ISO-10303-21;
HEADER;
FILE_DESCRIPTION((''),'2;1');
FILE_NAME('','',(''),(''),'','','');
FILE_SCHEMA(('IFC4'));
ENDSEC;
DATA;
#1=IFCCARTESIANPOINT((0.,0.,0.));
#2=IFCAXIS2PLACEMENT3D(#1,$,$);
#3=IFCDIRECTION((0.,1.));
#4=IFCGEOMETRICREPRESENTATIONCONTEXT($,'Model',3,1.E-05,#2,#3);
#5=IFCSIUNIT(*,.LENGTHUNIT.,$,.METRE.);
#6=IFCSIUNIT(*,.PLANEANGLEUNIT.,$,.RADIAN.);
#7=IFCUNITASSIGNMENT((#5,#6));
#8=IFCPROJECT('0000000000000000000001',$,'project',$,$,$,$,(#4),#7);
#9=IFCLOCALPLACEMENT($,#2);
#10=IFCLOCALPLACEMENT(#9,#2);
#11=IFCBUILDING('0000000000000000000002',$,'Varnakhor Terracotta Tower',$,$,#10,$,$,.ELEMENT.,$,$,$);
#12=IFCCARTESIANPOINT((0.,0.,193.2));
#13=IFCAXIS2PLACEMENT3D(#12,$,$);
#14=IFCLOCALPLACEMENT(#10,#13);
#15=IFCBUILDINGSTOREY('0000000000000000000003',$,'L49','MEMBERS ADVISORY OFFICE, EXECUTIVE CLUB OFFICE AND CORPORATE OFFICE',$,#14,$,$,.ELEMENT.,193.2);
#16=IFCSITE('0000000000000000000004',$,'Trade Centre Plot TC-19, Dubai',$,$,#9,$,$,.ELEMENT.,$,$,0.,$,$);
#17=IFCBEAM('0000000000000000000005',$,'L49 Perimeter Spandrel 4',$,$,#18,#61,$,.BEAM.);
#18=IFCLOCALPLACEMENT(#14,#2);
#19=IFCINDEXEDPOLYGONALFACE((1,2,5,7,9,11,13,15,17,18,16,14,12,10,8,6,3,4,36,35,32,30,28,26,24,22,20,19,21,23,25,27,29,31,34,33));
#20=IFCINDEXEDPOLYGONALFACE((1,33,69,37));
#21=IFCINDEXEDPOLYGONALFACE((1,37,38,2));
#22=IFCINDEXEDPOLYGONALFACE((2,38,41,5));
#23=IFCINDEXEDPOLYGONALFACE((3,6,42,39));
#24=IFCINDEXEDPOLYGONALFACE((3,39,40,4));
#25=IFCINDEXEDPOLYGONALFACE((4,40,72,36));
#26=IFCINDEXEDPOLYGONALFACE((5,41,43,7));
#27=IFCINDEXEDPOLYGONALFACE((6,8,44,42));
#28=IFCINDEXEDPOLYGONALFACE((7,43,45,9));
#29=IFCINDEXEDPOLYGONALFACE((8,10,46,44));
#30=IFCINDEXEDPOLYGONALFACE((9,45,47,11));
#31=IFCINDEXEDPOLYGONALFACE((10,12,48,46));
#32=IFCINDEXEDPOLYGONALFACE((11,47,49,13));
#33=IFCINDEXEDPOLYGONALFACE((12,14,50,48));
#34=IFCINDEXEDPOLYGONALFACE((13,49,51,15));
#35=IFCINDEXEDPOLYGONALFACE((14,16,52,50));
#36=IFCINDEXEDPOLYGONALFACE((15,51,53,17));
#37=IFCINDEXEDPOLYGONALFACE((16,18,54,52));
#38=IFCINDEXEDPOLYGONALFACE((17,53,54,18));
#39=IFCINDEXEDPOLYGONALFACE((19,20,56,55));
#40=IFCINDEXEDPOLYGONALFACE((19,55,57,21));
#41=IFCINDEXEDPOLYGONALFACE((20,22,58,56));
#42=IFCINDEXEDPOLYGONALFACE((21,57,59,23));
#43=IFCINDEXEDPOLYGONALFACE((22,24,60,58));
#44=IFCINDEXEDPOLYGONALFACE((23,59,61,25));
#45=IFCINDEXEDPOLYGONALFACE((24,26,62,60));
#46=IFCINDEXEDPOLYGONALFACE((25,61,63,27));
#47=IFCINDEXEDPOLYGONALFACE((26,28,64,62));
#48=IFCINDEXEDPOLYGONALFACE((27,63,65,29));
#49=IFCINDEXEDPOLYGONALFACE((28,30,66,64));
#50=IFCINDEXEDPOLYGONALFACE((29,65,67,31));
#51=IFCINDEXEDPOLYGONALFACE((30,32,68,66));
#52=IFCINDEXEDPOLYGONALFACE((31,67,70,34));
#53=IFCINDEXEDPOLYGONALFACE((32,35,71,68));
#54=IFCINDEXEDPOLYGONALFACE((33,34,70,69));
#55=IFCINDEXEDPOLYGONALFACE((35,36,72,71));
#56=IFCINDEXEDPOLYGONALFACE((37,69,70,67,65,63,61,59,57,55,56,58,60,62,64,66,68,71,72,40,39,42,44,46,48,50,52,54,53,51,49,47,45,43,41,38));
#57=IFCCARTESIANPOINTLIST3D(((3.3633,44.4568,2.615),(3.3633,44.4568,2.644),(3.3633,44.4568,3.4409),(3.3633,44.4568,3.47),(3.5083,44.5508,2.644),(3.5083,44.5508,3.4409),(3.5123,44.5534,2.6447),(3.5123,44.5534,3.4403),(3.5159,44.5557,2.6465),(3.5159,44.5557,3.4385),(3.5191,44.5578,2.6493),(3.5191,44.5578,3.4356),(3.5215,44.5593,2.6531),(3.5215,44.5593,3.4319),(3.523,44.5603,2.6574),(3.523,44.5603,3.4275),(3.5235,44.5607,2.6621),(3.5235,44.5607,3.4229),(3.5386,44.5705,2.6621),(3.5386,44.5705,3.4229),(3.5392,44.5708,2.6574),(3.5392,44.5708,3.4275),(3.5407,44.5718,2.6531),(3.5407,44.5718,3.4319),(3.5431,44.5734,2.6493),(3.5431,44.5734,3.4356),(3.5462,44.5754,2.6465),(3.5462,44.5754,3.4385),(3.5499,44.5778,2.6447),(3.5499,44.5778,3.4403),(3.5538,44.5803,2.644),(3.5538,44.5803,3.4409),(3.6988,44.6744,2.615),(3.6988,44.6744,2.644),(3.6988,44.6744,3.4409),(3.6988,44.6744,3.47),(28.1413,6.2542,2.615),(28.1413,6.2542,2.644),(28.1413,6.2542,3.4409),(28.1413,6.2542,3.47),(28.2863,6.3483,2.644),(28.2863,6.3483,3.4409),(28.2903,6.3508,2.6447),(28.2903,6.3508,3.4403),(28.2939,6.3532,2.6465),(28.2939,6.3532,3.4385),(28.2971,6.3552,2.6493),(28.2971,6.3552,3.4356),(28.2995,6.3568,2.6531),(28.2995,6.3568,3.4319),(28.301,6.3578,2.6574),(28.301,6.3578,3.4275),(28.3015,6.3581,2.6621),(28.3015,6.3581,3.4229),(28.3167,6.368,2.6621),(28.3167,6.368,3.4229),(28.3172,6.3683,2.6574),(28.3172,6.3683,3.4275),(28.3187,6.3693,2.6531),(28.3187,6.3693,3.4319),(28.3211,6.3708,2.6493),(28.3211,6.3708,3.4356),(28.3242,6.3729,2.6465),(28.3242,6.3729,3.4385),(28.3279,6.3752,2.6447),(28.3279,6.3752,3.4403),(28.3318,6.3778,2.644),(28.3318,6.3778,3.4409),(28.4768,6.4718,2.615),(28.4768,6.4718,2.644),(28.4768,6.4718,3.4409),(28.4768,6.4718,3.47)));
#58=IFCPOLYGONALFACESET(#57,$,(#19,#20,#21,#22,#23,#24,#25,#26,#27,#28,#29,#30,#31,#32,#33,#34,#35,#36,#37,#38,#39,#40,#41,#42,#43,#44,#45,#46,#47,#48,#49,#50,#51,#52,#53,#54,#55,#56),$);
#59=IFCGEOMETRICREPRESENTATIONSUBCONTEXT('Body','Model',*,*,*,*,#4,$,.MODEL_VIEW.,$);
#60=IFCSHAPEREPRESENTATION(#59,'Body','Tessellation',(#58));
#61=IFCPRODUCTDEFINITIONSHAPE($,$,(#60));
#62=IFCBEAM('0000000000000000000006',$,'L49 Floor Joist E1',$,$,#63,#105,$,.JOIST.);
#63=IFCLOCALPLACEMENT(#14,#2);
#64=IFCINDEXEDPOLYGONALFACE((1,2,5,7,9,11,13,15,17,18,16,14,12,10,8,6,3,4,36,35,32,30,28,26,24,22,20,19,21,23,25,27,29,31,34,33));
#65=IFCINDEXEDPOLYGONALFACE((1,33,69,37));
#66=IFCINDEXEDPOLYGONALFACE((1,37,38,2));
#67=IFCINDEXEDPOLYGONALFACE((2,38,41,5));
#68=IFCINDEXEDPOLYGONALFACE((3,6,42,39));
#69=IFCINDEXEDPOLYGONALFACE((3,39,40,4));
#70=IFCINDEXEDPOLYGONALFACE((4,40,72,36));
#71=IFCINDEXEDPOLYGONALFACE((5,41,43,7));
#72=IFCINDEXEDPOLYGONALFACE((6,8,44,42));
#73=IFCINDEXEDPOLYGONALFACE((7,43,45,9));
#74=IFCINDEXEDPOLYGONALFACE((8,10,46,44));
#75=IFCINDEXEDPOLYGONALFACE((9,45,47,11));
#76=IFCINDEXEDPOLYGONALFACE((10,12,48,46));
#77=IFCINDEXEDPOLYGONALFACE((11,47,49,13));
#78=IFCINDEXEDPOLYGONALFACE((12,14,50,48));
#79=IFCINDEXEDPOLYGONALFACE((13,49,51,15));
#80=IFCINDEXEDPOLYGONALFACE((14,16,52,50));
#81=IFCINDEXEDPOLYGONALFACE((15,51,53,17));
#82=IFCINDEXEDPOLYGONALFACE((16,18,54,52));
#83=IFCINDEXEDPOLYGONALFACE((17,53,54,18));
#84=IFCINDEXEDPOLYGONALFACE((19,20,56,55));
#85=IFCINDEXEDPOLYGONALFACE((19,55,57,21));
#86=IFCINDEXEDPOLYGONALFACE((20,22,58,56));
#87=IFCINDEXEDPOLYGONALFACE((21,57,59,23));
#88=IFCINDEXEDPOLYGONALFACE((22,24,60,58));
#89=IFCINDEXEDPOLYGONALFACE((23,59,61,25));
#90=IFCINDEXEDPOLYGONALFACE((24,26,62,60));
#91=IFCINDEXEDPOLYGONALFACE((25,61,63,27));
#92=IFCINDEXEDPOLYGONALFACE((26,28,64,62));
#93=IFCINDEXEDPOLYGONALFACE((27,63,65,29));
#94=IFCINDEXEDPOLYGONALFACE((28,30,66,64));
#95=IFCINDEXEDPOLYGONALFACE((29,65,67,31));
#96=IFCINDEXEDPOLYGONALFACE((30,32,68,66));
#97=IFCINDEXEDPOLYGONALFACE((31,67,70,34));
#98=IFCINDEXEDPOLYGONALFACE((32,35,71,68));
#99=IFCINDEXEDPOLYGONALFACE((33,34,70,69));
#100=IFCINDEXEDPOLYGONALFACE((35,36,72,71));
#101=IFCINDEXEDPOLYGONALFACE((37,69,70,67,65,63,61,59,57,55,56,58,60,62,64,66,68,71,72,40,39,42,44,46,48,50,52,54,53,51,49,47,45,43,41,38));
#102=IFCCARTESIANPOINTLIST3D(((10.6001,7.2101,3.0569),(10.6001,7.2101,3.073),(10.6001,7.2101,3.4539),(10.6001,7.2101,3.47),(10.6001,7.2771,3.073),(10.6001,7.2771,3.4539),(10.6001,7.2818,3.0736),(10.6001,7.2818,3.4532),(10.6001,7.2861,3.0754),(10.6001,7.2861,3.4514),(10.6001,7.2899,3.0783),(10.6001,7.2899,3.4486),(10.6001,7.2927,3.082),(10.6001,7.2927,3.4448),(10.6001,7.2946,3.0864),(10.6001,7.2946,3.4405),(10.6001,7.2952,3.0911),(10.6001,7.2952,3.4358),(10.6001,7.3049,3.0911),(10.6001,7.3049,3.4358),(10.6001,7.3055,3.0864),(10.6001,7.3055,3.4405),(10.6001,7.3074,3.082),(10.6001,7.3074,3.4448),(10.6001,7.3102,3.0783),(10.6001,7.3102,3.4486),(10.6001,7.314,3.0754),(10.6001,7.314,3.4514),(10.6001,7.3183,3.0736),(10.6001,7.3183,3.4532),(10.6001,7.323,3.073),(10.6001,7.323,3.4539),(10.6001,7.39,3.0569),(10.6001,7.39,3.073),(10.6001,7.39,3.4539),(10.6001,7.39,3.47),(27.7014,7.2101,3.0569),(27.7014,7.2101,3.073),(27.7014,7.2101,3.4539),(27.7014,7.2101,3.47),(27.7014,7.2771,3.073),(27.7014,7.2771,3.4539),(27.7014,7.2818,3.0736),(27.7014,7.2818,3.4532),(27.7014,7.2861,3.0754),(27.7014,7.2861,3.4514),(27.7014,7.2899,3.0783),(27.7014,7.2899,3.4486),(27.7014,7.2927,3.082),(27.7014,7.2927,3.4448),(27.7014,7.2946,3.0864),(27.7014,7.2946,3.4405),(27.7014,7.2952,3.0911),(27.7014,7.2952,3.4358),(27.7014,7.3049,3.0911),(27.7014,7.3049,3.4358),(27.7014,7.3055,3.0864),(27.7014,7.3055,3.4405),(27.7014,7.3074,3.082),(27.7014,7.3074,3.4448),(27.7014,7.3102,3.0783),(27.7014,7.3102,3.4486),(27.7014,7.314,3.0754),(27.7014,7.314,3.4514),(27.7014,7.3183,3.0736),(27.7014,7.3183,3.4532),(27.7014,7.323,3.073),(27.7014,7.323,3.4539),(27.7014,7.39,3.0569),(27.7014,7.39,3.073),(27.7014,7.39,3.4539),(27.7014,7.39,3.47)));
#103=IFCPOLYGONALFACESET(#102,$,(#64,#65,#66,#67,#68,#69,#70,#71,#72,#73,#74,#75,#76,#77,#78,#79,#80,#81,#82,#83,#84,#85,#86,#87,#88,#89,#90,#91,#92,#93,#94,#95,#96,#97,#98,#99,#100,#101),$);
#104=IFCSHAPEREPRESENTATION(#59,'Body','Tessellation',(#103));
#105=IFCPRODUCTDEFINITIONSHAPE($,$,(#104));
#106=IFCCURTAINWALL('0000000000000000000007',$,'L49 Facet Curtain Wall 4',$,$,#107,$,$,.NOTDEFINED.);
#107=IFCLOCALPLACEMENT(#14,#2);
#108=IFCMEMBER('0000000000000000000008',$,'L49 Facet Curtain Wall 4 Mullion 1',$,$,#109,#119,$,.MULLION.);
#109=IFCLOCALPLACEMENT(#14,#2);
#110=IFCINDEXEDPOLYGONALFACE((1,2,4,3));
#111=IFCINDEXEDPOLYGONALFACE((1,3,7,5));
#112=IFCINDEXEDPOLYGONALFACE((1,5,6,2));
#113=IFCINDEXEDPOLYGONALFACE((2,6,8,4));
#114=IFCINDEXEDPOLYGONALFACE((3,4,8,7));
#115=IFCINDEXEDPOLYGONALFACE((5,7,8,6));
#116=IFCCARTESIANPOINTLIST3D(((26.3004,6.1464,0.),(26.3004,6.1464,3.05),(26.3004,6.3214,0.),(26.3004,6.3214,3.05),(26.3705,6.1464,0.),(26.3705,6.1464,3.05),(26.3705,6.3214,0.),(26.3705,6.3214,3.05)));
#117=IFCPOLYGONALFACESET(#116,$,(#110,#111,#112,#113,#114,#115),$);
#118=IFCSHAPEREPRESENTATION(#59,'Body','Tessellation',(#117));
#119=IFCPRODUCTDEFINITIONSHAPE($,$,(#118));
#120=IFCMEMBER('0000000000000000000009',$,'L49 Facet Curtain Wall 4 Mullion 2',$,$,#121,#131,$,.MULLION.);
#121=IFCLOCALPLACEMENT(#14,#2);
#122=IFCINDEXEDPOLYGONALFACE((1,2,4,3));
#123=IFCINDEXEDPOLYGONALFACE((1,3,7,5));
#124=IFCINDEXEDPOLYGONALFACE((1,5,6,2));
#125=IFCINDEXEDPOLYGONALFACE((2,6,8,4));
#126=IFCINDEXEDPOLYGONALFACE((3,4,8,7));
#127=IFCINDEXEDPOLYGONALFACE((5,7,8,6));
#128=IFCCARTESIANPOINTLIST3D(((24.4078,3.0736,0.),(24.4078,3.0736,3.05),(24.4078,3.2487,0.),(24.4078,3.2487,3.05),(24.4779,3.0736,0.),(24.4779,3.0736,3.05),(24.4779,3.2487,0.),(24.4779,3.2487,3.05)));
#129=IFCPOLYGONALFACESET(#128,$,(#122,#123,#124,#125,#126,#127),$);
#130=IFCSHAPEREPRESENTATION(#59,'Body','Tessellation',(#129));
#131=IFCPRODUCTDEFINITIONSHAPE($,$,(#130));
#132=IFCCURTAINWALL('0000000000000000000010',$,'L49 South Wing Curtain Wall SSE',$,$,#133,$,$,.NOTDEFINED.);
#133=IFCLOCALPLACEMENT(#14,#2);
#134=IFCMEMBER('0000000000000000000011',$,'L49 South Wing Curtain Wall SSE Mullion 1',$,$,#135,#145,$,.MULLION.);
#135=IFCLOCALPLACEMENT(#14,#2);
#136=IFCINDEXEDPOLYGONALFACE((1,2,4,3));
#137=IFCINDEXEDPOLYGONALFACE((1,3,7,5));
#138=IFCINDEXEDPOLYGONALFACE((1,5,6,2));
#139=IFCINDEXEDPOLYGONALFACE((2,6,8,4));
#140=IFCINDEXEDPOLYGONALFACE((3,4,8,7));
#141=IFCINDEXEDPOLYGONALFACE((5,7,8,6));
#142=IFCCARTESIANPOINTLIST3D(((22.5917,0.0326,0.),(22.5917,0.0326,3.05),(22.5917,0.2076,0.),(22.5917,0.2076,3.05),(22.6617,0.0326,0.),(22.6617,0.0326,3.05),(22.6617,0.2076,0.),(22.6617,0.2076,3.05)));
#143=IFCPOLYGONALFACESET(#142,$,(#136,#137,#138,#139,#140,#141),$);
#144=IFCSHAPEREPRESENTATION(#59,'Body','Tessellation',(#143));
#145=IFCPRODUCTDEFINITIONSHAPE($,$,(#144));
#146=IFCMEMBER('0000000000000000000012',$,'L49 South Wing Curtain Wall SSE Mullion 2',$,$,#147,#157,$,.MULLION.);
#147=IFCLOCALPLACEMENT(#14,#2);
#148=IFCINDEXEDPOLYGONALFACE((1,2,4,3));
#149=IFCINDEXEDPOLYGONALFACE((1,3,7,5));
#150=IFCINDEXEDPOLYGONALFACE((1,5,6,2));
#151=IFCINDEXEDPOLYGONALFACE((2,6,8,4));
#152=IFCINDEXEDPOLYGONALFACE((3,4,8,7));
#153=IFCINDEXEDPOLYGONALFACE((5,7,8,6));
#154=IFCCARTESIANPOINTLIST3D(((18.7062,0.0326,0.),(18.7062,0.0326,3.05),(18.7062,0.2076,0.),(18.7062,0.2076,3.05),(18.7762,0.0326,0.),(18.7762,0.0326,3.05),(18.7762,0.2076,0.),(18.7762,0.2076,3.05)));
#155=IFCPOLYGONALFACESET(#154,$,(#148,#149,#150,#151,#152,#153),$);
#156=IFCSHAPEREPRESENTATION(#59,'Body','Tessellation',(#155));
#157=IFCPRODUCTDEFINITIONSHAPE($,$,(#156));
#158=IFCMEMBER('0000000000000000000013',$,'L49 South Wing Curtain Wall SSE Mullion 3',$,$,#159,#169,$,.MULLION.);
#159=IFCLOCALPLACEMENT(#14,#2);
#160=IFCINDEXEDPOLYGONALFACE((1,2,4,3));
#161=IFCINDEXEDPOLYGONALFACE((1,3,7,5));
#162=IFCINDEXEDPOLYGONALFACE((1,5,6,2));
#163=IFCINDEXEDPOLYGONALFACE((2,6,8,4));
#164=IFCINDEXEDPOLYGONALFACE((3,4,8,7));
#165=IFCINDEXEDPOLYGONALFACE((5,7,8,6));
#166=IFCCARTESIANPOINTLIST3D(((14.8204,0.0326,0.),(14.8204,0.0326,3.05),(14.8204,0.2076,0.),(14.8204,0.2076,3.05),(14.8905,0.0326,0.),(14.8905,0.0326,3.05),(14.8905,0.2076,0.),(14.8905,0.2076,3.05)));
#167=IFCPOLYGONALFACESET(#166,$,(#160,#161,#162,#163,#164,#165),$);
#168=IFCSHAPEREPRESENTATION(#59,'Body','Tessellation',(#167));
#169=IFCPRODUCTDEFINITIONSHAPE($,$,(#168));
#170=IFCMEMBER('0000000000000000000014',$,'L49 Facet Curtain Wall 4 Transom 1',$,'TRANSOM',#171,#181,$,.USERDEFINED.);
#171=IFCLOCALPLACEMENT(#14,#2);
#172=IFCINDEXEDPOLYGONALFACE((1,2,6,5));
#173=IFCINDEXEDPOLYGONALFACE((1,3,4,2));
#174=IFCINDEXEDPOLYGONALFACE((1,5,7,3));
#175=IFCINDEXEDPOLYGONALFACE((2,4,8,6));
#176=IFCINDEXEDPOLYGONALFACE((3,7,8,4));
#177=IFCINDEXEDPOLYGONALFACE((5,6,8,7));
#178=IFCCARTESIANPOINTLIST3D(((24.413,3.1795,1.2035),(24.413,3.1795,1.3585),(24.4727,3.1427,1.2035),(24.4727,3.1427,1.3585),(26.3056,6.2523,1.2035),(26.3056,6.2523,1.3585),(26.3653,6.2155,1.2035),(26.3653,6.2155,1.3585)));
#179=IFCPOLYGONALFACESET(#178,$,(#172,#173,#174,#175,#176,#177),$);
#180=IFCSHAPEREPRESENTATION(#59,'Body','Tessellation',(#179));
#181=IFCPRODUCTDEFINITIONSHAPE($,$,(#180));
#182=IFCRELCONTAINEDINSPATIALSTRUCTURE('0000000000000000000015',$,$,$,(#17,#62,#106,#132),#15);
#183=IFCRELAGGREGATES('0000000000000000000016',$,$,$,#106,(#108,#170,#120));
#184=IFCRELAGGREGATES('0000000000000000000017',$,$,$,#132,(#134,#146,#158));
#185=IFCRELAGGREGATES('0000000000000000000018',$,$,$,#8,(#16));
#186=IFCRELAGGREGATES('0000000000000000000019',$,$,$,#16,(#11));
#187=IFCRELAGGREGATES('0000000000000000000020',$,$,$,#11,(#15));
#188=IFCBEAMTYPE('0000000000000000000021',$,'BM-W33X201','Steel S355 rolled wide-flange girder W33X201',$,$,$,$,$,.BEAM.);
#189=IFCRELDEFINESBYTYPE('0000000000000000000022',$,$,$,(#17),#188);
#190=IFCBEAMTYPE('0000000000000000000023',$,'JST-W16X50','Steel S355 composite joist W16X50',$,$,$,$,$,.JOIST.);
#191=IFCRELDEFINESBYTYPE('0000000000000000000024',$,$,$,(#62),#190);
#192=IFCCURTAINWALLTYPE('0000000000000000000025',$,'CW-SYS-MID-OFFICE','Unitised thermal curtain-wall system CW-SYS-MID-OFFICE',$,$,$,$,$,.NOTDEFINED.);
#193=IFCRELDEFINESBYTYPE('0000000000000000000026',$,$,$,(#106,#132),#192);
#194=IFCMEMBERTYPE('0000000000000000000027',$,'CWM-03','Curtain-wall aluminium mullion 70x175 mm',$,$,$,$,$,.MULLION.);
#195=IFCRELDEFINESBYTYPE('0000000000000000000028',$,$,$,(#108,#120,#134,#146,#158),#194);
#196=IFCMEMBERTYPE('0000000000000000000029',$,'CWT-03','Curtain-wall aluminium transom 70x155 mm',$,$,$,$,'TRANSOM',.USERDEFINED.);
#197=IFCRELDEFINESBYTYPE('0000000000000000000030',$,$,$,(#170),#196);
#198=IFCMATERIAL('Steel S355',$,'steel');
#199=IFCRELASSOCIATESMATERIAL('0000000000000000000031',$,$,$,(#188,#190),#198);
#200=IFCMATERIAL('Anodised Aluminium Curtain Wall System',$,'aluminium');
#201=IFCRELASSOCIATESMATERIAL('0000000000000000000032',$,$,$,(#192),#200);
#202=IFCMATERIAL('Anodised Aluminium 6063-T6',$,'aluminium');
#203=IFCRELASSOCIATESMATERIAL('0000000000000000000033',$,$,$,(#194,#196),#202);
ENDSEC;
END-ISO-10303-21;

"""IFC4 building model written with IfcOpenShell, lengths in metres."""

from ifc_helpers import new_model, si_unit, direction, frame, origin, origin_2d, place, context, subcontext, project, spatial, rectangle, i_section, extrude, source, transform, mapped, material, material_profile, profile_set, type_object, element, aggregate, save


model = new_model("IFC4")

# Units and contexts
model_context = context("Model", 3, precision=1e-05, world=origin(), true_north=direction((0.0, 1.0)))
body_context = subcontext(model_context, "Body", "Model", "MODEL_VIEW")
ifc_project = project(units=[si_unit("LENGTHUNIT", "METRE"), si_unit("PLANEANGLEUNIT", "RADIAN")], contexts=[model_context])

# Site, building, storey
site_placement = place(None, origin())
site = spatial("IfcSite", under=ifc_project, at=site_placement, Name="Trade Centre Plot TC-19, Dubai", CompositionType="ELEMENT", RefElevation=0.0)
building_placement = place(site_placement, origin())
building = spatial("IfcBuilding", under=site, at=building_placement, Name="Varnakhor Terracotta Tower", CompositionType="ELEMENT")
storey_placement = place(building_placement, frame((0.0, 0.0, 193.2)))
storey = spatial("IfcBuildingStorey", under=building, at=storey_placement, Name="L49", Description="MEMBERS ADVISORY OFFICE, EXECUTIVE CLUB OFFICE AND CORPORATE OFFICE", CompositionType="ELEMENT", Elevation=193.2)

# Beams
ifc_material_1 = material(Name="Steel S355", Category="steel")
ifc_material_profile_1 = material_profile(ifc_material_1, i_section(OverallWidth=0.3999, OverallDepth=0.855, WebThickness=0.0181, FlangeThickness=0.0291, FilletRadius=0.0181, at=origin_2d()), Name="W33X201")
ifc_profile_set_1 = profile_set([ifc_material_profile_1], Name="Steel S355")
beam_type_1 = type_object("IfcBeamType", Name="BM-W33X201", Description="Steel S355 rolled wide-flange girder W33X201", PredefinedType="BEAM", material=ifc_profile_set_1)
shared_shape_1 = source(origin(), body_context, "Body", "SweptSolid", [
    extrude(i_section(OverallWidth=0.3999, OverallDepth=0.855, WebThickness=0.0181, FlangeThickness=0.0291, FilletRadius=0.0181, at=origin_2d()), origin(), (0.0, 0.0, 1.0), 45.5344),
])
beam_1_placement = place(storey_placement, frame((28.3091, 6.363, 3.0425), z_axis=(-0.54416, 0.838981, 0.0), x_axis=(-0.838981, -0.54416, 0.0)))
element("IfcBeam", 1, at=beam_1_placement, inside=storey, type_object=beam_type_1, Name="L49 Perimeter Spandrel 4", PredefinedType="BEAM", context=body_context, shape_type="MappedRepresentation", body=[
    mapped(shared_shape_1, transform((0.0, 0.0, 0.0), scale=1.0)),
])
ifc_material_profile_2 = material_profile(ifc_material_1, i_section(OverallWidth=0.1799, OverallDepth=0.4131, WebThickness=0.0098, FlangeThickness=0.0161, FilletRadius=0.0181, at=origin_2d()), Name="W16X50")
ifc_profile_set_2 = profile_set([ifc_material_profile_2], Name="Steel S355")
beam_type_2 = type_object("IfcBeamType", Name="JST-W16X50", Description="Steel S355 composite joist W16X50", PredefinedType="JOIST", material=ifc_profile_set_2)
shared_shape_2 = source(origin(), body_context, "Body", "SweptSolid", [
    extrude(i_section(OverallWidth=0.1799, OverallDepth=0.4131, WebThickness=0.0098, FlangeThickness=0.0161, FilletRadius=0.0181, at=origin_2d()), origin(), (0.0, 0.0, 1.0), 17.1013),
])
beam_2_placement = place(storey_placement, frame((10.6001, 7.3, 3.2634), z_axis=(1.0, 0.0, 0.0), x_axis=(0.0, 1.0, 0.0)))
element("IfcBeam", 2, at=beam_2_placement, inside=storey, type_object=beam_type_2, Name="L49 Floor Joist E1", PredefinedType="JOIST", context=body_context, shape_type="MappedRepresentation", body=[
    mapped(shared_shape_2, transform((0.0, 0.0, 0.0), scale=1.0)),
])

# Curtain walls, members
ifc_material_2 = material(Name="Anodised Aluminium Curtain Wall System", Category="aluminium")
curtain_wall_type = type_object("IfcCurtainWallType", Name="CW-SYS-MID-OFFICE", Description="Unitised thermal curtain-wall system CW-SYS-MID-OFFICE", PredefinedType="NOTDEFINED", material=ifc_material_2)
curtain_wall_1_placement = place(storey_placement, origin())
curtain_wall_1 = element("IfcCurtainWall", 3, at=curtain_wall_1_placement, inside=storey, type_object=curtain_wall_type, Name="L49 Facet Curtain Wall 4", PredefinedType="NOTDEFINED")
ifc_material_3 = material(Name="Anodised Aluminium 6063-T6", Category="aluminium")
ifc_material_profile_3 = material_profile(ifc_material_3, rectangle(XDim=0.0701, YDim=0.175, at=origin_2d()), Name="ALU MULLION 70x175")
ifc_profile_set_3 = profile_set([ifc_material_profile_3], Name="Anodised Aluminium 6063-T6")
member_type_1 = type_object("IfcMemberType", Name="CWM-03", Description="Curtain-wall aluminium mullion 70x175 mm", PredefinedType="MULLION", material=ifc_profile_set_3)
shared_shape_3 = source(origin(), body_context, "Body", "SweptSolid", [
    extrude(rectangle(XDim=0.0701, YDim=0.175, at=origin_2d()), origin(), (0.0, 0.0, 1.0), 3.05),
])
member_1_placement = place(storey_placement, frame((26.3354, 6.2339, 0.0), z_axis=(0.0, 0.0, 1.0), x_axis=(1.0, 0.0, 0.0)))
member_1 = element("IfcMember", 4, at=member_1_placement, type_object=member_type_1, Name="L49 Facet Curtain Wall 4 Mullion 1", PredefinedType="MULLION", context=body_context, shape_type="MappedRepresentation", body=[
    mapped(shared_shape_3, transform((0.0, 0.0, 0.0), scale=1.0)),
])
member_2_placement = place(storey_placement, frame((24.4429, 3.1611, 0.0), z_axis=(0.0, 0.0, 1.0), x_axis=(1.0, 0.0, 0.0)))
member_2 = element("IfcMember", 5, at=member_2_placement, type_object=member_type_1, Name="L49 Facet Curtain Wall 4 Mullion 2", PredefinedType="MULLION", context=body_context, shape_type="MappedRepresentation", body=[
    mapped(shared_shape_3, transform((0.0, 0.0, 0.0), scale=1.0)),
])
curtain_wall_2_placement = place(storey_placement, origin())
curtain_wall_2 = element("IfcCurtainWall", 6, at=curtain_wall_2_placement, inside=storey, type_object=curtain_wall_type, Name="L49 South Wing Curtain Wall SSE", PredefinedType="NOTDEFINED")
member_3_placement = place(storey_placement, frame((22.6267, 0.1201, 0.0), z_axis=(0.0, 0.0, 1.0), x_axis=(1.0, 0.0, 0.0)))
member_3 = element("IfcMember", 7, at=member_3_placement, type_object=member_type_1, Name="L49 South Wing Curtain Wall SSE Mullion 1", PredefinedType="MULLION", context=body_context, shape_type="MappedRepresentation", body=[
    mapped(shared_shape_3, transform((0.0, 0.0, 0.0), scale=1.0)),
])
member_4_placement = place(storey_placement, frame((18.7412, 0.1201, 0.0), z_axis=(0.0, 0.0, 1.0), x_axis=(1.0, 0.0, 0.0)))
member_4 = element("IfcMember", 8, at=member_4_placement, type_object=member_type_1, Name="L49 South Wing Curtain Wall SSE Mullion 2", PredefinedType="MULLION", context=body_context, shape_type="MappedRepresentation", body=[
    mapped(shared_shape_3, transform((0.0, 0.0, 0.0), scale=1.0)),
])
member_5_placement = place(storey_placement, frame((14.8555, 0.1201, 0.0), z_axis=(0.0, 0.0, 1.0), x_axis=(1.0, 0.0, 0.0)))
member_5 = element("IfcMember", 9, at=member_5_placement, type_object=member_type_1, Name="L49 South Wing Curtain Wall SSE Mullion 3", PredefinedType="MULLION", context=body_context, shape_type="MappedRepresentation", body=[
    mapped(shared_shape_3, transform((0.0, 0.0, 0.0), scale=1.0)),
])

# Member
ifc_material_profile_4 = material_profile(ifc_material_3, rectangle(XDim=0.0701, YDim=0.155, at=origin_2d()), Name="ALU TRANSOM 70x155")
ifc_profile_set_4 = profile_set([ifc_material_profile_4], Name="Anodised Aluminium 6063-T6")
member_type_2 = type_object("IfcMemberType", Name="CWT-03", Description="Curtain-wall aluminium transom 70x155 mm", ElementType="TRANSOM", PredefinedType="USERDEFINED", material=ifc_profile_set_4)
shared_shape_4 = source(origin(), body_context, "Body", "SweptSolid", [
    extrude(rectangle(XDim=0.0701, YDim=0.155, at=origin_2d()), origin(), (0.0, 0.0, 1.0), 3.6089),
])
member_6_placement = place(storey_placement, frame((26.3354, 6.2339, 1.281), z_axis=(-0.52443, -0.851454, 0.0), x_axis=(0.851454, -0.52443, 0.0)))
member_6 = element("IfcMember", 10, at=member_6_placement, type_object=member_type_2, Name="L49 Facet Curtain Wall 4 Transom 1", ObjectType="TRANSOM", PredefinedType="USERDEFINED", context=body_context, shape_type="MappedRepresentation", body=[
    mapped(shared_shape_4, transform((0.0, 0.0, 0.0), scale=1.0)),
])

aggregate(curtain_wall_1, [member_1, member_6, member_2])
aggregate(curtain_wall_2, [member_3, member_4, member_5])

save(model, "model.ifc")
